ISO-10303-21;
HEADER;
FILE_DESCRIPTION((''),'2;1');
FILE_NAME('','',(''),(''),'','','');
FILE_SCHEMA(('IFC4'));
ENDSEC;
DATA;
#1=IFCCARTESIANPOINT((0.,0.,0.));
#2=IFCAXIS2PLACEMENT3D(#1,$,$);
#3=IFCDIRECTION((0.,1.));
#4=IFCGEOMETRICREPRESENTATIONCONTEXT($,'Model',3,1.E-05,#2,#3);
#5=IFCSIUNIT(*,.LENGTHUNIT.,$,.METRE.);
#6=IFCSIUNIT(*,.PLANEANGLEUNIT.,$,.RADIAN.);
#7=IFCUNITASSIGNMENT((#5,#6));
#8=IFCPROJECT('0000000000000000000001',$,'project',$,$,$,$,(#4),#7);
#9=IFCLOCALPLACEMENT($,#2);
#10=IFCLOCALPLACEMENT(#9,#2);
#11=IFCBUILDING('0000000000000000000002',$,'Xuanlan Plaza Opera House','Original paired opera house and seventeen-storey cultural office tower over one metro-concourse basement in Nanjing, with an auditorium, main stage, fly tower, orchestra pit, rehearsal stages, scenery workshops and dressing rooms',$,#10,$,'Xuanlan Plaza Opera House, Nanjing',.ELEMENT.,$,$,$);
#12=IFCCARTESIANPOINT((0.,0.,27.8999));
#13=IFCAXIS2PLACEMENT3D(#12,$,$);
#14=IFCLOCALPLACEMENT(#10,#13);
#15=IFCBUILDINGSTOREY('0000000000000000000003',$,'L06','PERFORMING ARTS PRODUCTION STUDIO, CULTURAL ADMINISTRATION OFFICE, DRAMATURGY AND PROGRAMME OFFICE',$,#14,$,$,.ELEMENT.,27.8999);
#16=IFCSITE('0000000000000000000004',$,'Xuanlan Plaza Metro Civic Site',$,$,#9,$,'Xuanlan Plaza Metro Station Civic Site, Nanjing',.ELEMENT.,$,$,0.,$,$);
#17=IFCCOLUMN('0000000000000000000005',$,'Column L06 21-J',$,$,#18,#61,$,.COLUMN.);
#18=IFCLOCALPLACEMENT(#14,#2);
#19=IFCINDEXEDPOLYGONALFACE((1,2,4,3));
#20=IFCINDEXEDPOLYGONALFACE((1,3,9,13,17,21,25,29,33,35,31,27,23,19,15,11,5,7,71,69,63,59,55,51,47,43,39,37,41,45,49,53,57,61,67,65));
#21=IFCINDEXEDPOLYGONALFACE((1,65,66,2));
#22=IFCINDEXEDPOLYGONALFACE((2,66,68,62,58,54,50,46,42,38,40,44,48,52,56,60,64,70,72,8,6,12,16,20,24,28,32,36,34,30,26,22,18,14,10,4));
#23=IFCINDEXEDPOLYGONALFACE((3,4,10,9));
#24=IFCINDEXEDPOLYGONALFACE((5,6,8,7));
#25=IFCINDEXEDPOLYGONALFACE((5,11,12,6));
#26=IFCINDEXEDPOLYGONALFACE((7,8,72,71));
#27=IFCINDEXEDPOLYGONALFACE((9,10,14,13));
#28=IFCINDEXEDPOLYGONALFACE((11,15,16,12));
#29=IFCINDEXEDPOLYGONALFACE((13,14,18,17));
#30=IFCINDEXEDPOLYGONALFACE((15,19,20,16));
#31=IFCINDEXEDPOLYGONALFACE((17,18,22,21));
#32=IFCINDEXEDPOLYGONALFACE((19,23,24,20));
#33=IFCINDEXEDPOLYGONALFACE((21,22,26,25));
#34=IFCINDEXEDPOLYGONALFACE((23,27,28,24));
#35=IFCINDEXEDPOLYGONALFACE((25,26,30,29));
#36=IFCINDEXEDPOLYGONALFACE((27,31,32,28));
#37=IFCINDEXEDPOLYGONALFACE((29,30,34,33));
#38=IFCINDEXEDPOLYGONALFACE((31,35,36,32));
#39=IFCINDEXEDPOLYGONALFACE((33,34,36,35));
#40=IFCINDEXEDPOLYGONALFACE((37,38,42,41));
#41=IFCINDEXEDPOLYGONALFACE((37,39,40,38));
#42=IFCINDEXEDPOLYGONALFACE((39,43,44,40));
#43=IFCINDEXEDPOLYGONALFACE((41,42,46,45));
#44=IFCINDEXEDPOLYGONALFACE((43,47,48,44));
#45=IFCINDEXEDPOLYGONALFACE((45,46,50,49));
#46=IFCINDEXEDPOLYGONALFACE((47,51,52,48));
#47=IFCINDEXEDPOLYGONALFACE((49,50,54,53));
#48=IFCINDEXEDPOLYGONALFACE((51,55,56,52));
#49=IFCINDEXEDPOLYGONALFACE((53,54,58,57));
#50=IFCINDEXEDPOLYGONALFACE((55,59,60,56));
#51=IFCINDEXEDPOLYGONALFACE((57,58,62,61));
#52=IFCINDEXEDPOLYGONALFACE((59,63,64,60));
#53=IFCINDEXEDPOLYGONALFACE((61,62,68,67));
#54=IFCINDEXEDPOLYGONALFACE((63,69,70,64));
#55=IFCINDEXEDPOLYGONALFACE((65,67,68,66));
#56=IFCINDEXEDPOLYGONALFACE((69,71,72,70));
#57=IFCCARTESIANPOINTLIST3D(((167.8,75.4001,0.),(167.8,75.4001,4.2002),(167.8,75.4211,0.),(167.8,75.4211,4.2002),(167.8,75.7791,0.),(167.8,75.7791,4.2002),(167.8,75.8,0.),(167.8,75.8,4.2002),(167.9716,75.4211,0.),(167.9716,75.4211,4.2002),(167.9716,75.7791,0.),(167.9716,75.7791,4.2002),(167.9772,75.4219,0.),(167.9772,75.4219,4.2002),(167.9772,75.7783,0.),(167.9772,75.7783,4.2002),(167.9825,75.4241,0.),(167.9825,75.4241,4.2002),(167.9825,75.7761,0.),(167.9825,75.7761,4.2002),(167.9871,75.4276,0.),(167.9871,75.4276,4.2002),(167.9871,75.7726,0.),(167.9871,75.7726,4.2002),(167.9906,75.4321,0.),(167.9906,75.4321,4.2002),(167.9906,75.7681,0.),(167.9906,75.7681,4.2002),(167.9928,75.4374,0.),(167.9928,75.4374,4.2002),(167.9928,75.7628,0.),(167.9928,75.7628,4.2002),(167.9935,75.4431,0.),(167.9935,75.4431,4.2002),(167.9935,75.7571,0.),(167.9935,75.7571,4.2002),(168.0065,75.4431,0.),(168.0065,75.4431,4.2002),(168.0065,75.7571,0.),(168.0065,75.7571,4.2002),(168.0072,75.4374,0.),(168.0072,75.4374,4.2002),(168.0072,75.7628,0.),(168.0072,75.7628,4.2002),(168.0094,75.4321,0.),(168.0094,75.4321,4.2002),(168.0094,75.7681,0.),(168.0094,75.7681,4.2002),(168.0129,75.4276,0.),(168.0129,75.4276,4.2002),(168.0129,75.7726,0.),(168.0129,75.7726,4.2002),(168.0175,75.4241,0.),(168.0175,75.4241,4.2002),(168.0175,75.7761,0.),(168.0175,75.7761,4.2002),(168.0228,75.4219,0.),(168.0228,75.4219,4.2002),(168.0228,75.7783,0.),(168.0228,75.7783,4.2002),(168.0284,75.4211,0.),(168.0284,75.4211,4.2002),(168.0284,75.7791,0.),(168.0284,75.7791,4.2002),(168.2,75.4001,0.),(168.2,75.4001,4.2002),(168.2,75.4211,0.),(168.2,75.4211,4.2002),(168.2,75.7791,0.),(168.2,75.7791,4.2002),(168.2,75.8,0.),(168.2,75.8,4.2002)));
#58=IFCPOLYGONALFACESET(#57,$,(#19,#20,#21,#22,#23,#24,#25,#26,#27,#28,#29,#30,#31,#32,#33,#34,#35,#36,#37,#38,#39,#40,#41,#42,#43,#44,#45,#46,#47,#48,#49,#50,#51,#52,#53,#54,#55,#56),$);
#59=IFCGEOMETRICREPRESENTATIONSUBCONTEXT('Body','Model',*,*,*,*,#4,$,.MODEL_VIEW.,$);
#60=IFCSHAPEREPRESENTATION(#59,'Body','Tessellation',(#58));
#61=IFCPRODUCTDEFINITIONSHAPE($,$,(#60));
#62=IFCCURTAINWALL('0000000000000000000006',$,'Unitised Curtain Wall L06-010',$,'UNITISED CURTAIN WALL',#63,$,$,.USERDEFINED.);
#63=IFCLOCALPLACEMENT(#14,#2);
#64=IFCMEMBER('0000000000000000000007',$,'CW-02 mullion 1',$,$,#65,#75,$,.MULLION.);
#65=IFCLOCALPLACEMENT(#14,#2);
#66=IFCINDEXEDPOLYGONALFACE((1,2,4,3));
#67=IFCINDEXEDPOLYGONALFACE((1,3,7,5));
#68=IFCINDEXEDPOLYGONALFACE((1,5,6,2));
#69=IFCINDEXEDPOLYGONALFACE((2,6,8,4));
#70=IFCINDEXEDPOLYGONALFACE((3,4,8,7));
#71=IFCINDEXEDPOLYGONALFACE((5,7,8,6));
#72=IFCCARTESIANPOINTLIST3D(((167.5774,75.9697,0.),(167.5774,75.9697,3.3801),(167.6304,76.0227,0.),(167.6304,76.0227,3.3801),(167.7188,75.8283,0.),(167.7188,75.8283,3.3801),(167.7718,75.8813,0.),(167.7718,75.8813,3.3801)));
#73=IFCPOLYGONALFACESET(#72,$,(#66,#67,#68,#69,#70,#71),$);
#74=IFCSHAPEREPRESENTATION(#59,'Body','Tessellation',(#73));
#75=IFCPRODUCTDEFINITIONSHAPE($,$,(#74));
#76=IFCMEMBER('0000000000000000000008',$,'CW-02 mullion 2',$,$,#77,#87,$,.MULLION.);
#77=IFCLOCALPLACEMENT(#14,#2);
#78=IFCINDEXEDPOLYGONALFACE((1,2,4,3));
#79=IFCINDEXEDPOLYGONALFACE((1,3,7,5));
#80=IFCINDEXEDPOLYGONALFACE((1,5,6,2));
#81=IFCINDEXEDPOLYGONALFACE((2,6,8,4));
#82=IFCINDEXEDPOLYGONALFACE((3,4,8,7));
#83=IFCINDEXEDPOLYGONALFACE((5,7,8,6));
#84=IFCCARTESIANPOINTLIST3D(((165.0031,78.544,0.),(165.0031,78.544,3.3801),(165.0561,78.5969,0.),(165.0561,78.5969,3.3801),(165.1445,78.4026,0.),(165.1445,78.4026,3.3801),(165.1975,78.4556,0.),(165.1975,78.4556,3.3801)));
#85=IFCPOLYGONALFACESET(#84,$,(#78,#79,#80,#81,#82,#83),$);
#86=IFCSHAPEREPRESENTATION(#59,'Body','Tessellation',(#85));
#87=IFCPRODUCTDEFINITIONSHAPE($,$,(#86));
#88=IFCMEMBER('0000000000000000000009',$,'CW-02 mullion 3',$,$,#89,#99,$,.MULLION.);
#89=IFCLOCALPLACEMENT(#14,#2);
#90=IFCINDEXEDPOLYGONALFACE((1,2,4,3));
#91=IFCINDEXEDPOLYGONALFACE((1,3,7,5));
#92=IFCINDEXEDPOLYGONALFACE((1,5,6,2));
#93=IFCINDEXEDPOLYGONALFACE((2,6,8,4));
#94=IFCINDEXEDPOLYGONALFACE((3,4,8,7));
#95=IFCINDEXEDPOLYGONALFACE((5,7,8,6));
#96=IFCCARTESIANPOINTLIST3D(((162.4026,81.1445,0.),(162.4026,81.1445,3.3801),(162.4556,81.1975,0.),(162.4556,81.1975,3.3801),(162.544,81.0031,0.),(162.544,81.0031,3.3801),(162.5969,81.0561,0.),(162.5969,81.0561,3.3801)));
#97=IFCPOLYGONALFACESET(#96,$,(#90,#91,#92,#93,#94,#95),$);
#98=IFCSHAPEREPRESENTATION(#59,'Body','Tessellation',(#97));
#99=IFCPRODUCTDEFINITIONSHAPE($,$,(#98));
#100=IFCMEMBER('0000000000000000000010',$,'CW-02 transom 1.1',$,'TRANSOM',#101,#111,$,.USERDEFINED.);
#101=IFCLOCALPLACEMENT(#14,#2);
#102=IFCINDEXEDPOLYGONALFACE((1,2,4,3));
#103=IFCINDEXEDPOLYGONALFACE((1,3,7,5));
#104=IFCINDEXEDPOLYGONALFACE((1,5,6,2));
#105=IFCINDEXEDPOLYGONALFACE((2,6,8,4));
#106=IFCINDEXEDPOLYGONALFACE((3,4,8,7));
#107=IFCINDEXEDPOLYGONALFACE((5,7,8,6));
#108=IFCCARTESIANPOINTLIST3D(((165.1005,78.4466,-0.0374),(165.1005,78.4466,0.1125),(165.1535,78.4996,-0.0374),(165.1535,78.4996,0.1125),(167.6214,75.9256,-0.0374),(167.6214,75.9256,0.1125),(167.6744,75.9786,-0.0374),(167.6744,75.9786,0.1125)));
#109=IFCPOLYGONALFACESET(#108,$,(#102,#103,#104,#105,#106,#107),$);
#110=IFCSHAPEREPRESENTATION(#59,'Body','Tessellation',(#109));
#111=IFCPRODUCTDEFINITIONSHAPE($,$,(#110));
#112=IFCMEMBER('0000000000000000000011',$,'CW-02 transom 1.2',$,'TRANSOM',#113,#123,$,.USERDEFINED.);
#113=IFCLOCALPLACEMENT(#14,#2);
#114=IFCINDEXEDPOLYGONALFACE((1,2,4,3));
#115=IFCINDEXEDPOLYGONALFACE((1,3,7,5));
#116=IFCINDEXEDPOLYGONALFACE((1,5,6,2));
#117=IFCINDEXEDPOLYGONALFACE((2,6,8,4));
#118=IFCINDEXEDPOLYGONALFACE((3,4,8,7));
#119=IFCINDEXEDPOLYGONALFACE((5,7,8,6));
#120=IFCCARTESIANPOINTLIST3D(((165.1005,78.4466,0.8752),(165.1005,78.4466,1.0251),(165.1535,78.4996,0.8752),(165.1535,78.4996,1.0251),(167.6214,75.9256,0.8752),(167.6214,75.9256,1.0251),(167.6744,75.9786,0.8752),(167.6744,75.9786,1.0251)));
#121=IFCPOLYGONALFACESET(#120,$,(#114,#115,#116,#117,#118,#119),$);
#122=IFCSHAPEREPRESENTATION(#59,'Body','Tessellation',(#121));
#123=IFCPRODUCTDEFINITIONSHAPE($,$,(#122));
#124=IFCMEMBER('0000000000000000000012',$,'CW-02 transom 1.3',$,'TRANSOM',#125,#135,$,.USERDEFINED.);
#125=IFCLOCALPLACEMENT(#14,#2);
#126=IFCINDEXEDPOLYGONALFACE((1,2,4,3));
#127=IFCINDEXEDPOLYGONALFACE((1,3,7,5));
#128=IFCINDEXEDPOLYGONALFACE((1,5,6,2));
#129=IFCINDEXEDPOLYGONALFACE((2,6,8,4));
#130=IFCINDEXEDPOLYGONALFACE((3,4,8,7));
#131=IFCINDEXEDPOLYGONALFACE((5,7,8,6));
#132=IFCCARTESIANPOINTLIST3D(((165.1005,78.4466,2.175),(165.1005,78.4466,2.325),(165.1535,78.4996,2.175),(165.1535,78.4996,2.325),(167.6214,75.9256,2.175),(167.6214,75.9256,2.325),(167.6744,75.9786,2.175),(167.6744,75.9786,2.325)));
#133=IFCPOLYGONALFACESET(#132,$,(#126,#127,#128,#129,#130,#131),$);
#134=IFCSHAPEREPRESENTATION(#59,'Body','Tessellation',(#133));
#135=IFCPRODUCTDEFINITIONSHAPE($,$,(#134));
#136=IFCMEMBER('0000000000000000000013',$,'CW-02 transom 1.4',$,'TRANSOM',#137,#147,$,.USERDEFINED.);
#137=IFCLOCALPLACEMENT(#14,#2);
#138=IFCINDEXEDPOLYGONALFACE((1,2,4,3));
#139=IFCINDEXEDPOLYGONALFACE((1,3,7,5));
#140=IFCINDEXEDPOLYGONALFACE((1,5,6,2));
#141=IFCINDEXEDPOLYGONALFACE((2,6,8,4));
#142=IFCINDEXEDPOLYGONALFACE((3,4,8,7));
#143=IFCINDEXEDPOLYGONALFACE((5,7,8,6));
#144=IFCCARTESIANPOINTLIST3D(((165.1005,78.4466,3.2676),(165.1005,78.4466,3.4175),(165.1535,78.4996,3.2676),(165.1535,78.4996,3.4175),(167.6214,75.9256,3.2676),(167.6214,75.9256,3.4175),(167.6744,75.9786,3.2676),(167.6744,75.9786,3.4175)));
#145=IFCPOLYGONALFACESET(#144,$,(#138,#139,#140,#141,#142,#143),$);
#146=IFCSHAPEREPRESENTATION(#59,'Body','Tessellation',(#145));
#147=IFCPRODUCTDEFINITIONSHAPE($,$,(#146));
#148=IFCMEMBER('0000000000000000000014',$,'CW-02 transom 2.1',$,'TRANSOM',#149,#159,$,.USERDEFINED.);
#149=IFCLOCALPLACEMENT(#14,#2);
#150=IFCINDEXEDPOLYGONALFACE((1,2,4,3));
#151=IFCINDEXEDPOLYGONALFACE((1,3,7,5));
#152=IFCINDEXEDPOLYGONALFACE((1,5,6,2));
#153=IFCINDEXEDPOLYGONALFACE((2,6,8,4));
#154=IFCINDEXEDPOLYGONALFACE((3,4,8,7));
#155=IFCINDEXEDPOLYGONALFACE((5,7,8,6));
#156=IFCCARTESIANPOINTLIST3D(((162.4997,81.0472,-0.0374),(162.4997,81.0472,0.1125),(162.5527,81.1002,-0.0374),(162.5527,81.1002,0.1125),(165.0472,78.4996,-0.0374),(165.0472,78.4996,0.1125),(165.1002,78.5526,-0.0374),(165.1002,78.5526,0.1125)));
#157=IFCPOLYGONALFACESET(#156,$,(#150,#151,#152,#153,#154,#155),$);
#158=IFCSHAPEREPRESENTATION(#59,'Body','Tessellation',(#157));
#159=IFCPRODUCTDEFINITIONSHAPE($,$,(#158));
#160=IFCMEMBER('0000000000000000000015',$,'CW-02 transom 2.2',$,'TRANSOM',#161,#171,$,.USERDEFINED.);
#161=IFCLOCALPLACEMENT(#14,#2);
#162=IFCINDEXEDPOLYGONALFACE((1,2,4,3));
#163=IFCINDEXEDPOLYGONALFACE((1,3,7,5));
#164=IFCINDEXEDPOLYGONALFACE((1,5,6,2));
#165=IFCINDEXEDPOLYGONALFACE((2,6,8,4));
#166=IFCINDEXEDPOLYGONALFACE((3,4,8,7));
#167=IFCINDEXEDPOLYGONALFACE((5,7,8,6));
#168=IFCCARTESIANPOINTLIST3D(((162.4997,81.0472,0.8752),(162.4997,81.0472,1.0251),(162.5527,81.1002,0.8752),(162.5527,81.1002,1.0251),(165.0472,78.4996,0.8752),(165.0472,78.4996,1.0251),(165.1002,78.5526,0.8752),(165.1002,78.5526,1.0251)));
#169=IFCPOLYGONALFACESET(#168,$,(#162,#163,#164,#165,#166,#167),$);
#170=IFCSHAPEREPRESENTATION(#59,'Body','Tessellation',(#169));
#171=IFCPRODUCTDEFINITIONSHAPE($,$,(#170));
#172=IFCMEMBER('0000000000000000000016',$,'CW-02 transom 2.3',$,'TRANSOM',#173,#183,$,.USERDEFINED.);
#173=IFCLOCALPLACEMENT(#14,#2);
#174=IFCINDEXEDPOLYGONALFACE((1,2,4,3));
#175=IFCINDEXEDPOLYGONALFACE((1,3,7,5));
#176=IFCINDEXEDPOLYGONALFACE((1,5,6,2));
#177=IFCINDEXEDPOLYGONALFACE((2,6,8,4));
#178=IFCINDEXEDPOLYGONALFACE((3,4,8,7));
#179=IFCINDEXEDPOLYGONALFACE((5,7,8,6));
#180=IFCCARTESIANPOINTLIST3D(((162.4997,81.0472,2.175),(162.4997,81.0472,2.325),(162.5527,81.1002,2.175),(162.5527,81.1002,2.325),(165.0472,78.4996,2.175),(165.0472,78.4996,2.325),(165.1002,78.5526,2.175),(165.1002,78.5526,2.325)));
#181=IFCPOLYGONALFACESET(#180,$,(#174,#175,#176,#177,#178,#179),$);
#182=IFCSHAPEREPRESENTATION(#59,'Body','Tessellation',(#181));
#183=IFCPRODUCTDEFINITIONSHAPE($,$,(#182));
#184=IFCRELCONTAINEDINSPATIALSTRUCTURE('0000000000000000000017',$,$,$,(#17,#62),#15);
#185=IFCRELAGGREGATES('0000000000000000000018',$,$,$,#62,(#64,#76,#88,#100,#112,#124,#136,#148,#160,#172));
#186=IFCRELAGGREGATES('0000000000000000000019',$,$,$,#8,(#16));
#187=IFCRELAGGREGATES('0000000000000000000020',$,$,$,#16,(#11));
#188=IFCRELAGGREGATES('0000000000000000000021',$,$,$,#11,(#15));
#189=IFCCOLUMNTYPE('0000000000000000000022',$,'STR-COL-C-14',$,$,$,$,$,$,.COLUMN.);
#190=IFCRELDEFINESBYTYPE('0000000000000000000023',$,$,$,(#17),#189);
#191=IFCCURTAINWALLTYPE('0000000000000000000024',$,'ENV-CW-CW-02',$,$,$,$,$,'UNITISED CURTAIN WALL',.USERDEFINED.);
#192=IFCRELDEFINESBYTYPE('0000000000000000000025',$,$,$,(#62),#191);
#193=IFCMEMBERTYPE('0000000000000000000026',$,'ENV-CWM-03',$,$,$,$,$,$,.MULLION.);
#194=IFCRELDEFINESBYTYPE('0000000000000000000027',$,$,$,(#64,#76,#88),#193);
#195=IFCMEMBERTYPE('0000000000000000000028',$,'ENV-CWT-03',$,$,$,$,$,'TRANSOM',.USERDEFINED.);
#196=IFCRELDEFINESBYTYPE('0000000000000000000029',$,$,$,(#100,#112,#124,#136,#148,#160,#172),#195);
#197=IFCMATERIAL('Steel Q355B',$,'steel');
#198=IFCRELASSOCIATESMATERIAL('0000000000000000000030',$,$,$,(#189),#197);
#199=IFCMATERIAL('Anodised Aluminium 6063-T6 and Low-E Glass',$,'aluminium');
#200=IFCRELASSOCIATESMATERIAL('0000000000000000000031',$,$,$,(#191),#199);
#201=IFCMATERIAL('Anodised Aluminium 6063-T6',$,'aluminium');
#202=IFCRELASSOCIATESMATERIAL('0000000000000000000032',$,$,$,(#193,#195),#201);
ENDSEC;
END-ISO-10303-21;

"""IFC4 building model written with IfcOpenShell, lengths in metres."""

from ifc_helpers import new_model, si_unit, direction, frame, origin, origin_2d, place, context, subcontext, project, spatial, rectangle, i_section, extrude, material, material_profile, profile_set, type_object, element, aggregate, save


model = new_model("IFC4")

# Units and contexts
model_context = context("Model", 3, precision=1e-05, world=origin(), true_north=direction((0.0, 1.0)))
body_context = subcontext(model_context, "Body", "Model", "MODEL_VIEW")
ifc_project = project(units=[si_unit("LENGTHUNIT", "METRE"), si_unit("PLANEANGLEUNIT", "RADIAN")], contexts=[model_context])

# Site, building, storey
site_placement = place(None, origin())
site = spatial("IfcSite", under=ifc_project, at=site_placement, Name="Xuanlan Plaza Metro Civic Site", LongName="Xuanlan Plaza Metro Station Civic Site, Nanjing", CompositionType="ELEMENT", RefElevation=0.0)
building_placement = place(site_placement, origin())
building = spatial("IfcBuilding", under=site, at=building_placement, Name="Xuanlan Plaza Opera House", Description="Original paired opera house and seventeen-storey cultural office tower over one metro-concourse basement in Nanjing, with an auditorium, main stage, fly tower, orchestra pit, rehearsal stages, scenery workshops and dressing rooms", LongName="Xuanlan Plaza Opera House, Nanjing", CompositionType="ELEMENT")
storey_placement = place(building_placement, frame((0.0, 0.0, 27.8999)))
storey = spatial("IfcBuildingStorey", under=building, at=storey_placement, Name="L06", Description="PERFORMING ARTS PRODUCTION STUDIO, CULTURAL ADMINISTRATION OFFICE, DRAMATURGY AND PROGRAMME OFFICE", CompositionType="ELEMENT", Elevation=27.8999)

# Column
ifc_material_1 = material(Name="Steel Q355B", Category="steel")
ifc_material_profile_1 = material_profile(ifc_material_1, i_section(OverallWidth=0.3999, OverallDepth=0.3999, WebThickness=0.0129, FlangeThickness=0.021, FilletRadius=0.022, at=origin_2d()), Name="HW 400x400x13x21")
ifc_profile_set_1 = profile_set([ifc_material_profile_1], Name="Steel Q355B")
column_type = type_object("IfcColumnType", Name="STR-COL-C-14", PredefinedType="COLUMN", material=ifc_profile_set_1)
column_placement = place(storey_placement, frame((168.0, 75.6001, 0.0), z_axis=(0.0, 0.0, 1.0), x_axis=(1.0, 0.0, 0.0)))
element("IfcColumn", 1, at=column_placement, inside=storey, type_object=column_type, Name="Column L06 21-J", PredefinedType="COLUMN", context=body_context, shape_type="SweptSolid", body=[
    extrude(i_section(OverallWidth=0.3999, OverallDepth=0.3999, WebThickness=0.0129, FlangeThickness=0.021, FilletRadius=0.022, at=origin_2d()), origin(), (0.0, 0.0, 1.0), 4.2002),
])

# Curtain wall, members
ifc_material_2 = material(Name="Anodised Aluminium 6063-T6 and Low-E Glass", Category="aluminium")
curtain_wall_type = type_object("IfcCurtainWallType", Name="ENV-CW-CW-02", ElementType="UNITISED CURTAIN WALL", PredefinedType="USERDEFINED", material=ifc_material_2)
curtain_wall_placement = place(storey_placement, origin())
curtain_wall = element("IfcCurtainWall", 2, at=curtain_wall_placement, inside=storey, type_object=curtain_wall_type, Name="Unitised Curtain Wall L06-010", ObjectType="UNITISED CURTAIN WALL", PredefinedType="USERDEFINED")
ifc_material_3 = material(Name="Anodised Aluminium 6063-T6", Category="aluminium")
ifc_material_profile_2 = material_profile(ifc_material_3, rectangle(XDim=0.075, YDim=0.2, at=origin_2d()), Name="ALU-M 75x200")
ifc_profile_set_2 = profile_set([ifc_material_profile_2], Name="Anodised Aluminium 6063-T6")
member_type_1 = type_object("IfcMemberType", Name="ENV-CWM-03", PredefinedType="MULLION", material=ifc_profile_set_2)
member_1_placement = place(storey_placement, frame((167.6746, 75.9255, 0.0), z_axis=(0.0, 0.0, 1.0), x_axis=(-0.707107, -0.707107, 0.0)))
member_1 = element("IfcMember", 3, at=member_1_placement, type_object=member_type_1, Name="CW-02 mullion 1", PredefinedType="MULLION", context=body_context, shape_type="SweptSolid", body=[
    extrude(rectangle(XDim=0.075, YDim=0.2, at=origin_2d()), origin(), (0.0, 0.0, 1.0), 3.3801),
])
member_2_placement = place(storey_placement, frame((165.1003, 78.4998, 0.0), z_axis=(0.0, 0.0, 1.0), x_axis=(-0.707107, -0.707107, 0.0)))
member_2 = element("IfcMember", 4, at=member_2_placement, type_object=member_type_1, Name="CW-02 mullion 2", PredefinedType="MULLION", context=body_context, shape_type="SweptSolid", body=[
    extrude(rectangle(XDim=0.075, YDim=0.2, at=origin_2d()), origin(), (0.0, 0.0, 1.0), 3.3801),
])
member_3_placement = place(storey_placement, frame((162.4998, 81.1003, 0.0), z_axis=(0.0, 0.0, 1.0), x_axis=(-0.707107, -0.707107, 0.0)))
member_3 = element("IfcMember", 5, at=member_3_placement, type_object=member_type_1, Name="CW-02 mullion 3", PredefinedType="MULLION", context=body_context, shape_type="SweptSolid", body=[
    extrude(rectangle(XDim=0.075, YDim=0.2, at=origin_2d()), origin(), (0.0, 0.0, 1.0), 3.3801),
])
ifc_material_profile_3 = material_profile(ifc_material_3, rectangle(XDim=0.075, YDim=0.1499, at=origin_2d()), Name="ALU-T 75x150")
ifc_profile_set_3 = profile_set([ifc_material_profile_3], Name="Anodised Aluminium 6063-T6")
member_type_2 = type_object("IfcMemberType", Name="ENV-CWT-03", ElementType="TRANSOM", PredefinedType="USERDEFINED", material=ifc_profile_set_3)
member_4_placement = place(storey_placement, frame((167.6479, 75.9521, 0.0376), z_axis=(-0.707107, 0.707107, 0.0), x_axis=(-0.707107, -0.707107, 0.0)))
member_4 = element("IfcMember", 6, at=member_4_placement, type_object=member_type_2, Name="CW-02 transom 1.1", ObjectType="TRANSOM", PredefinedType="USERDEFINED", context=body_context, shape_type="SweptSolid", body=[
    extrude(rectangle(XDim=0.075, YDim=0.1499, at=origin_2d()), origin(), (0.0, 0.0, 1.0), 3.5652),
])
member_5_placement = place(storey_placement, frame((167.6479, 75.9521, 0.9502), z_axis=(-0.707107, 0.707107, 0.0), x_axis=(-0.707107, -0.707107, 0.0)))
member_5 = element("IfcMember", 7, at=member_5_placement, type_object=member_type_2, Name="CW-02 transom 1.2", ObjectType="TRANSOM", PredefinedType="USERDEFINED", context=body_context, shape_type="SweptSolid", body=[
    extrude(rectangle(XDim=0.075, YDim=0.1499, at=origin_2d()), origin(), (0.0, 0.0, 1.0), 3.5652),
])
member_6_placement = place(storey_placement, frame((167.6479, 75.9521, 2.25), z_axis=(-0.707107, 0.707107, 0.0), x_axis=(-0.707107, -0.707107, 0.0)))
member_6 = element("IfcMember", 8, at=member_6_placement, type_object=member_type_2, Name="CW-02 transom 1.3", ObjectType="TRANSOM", PredefinedType="USERDEFINED", context=body_context, shape_type="SweptSolid", body=[
    extrude(rectangle(XDim=0.075, YDim=0.1499, at=origin_2d()), origin(), (0.0, 0.0, 1.0), 3.5652),
])
member_7_placement = place(storey_placement, frame((167.6479, 75.9521, 3.3425), z_axis=(-0.707107, 0.707107, 0.0), x_axis=(-0.707107, -0.707107, 0.0)))
member_7 = element("IfcMember", 9, at=member_7_placement, type_object=member_type_2, Name="CW-02 transom 1.4", ObjectType="TRANSOM", PredefinedType="USERDEFINED", context=body_context, shape_type="SweptSolid", body=[
    extrude(rectangle(XDim=0.075, YDim=0.1499, at=origin_2d()), origin(), (0.0, 0.0, 1.0), 3.5652),
])
member_8_placement = place(storey_placement, frame((165.0737, 78.5261, 0.0376), z_axis=(-0.707107, 0.707107, 0.0), x_axis=(-0.707107, -0.707107, 0.0)))
member_8 = element("IfcMember", 10, at=member_8_placement, type_object=member_type_2, Name="CW-02 transom 2.1", ObjectType="TRANSOM", PredefinedType="USERDEFINED", context=body_context, shape_type="SweptSolid", body=[
    extrude(rectangle(XDim=0.075, YDim=0.1499, at=origin_2d()), origin(), (0.0, 0.0, 1.0), 3.6028),
])
member_9_placement = place(storey_placement, frame((165.0737, 78.5261, 0.9502), z_axis=(-0.707107, 0.707107, 0.0), x_axis=(-0.707107, -0.707107, 0.0)))
member_9 = element("IfcMember", 11, at=member_9_placement, type_object=member_type_2, Name="CW-02 transom 2.2", ObjectType="TRANSOM", PredefinedType="USERDEFINED", context=body_context, shape_type="SweptSolid", body=[
    extrude(rectangle(XDim=0.075, YDim=0.1499, at=origin_2d()), origin(), (0.0, 0.0, 1.0), 3.6028),
])
member_10_placement = place(storey_placement, frame((165.0737, 78.5261, 2.25), z_axis=(-0.707107, 0.707107, 0.0), x_axis=(-0.707107, -0.707107, 0.0)))
member_10 = element("IfcMember", 12, at=member_10_placement, type_object=member_type_2, Name="CW-02 transom 2.3", ObjectType="TRANSOM", PredefinedType="USERDEFINED", context=body_context, shape_type="SweptSolid", body=[
    extrude(rectangle(XDim=0.075, YDim=0.1499, at=origin_2d()), origin(), (0.0, 0.0, 1.0), 3.6028),
])

aggregate(curtain_wall, [member_1, member_2, member_3, member_4, member_5, member_6, member_7, member_8, member_9, member_10])

save(model, "model.ifc")
